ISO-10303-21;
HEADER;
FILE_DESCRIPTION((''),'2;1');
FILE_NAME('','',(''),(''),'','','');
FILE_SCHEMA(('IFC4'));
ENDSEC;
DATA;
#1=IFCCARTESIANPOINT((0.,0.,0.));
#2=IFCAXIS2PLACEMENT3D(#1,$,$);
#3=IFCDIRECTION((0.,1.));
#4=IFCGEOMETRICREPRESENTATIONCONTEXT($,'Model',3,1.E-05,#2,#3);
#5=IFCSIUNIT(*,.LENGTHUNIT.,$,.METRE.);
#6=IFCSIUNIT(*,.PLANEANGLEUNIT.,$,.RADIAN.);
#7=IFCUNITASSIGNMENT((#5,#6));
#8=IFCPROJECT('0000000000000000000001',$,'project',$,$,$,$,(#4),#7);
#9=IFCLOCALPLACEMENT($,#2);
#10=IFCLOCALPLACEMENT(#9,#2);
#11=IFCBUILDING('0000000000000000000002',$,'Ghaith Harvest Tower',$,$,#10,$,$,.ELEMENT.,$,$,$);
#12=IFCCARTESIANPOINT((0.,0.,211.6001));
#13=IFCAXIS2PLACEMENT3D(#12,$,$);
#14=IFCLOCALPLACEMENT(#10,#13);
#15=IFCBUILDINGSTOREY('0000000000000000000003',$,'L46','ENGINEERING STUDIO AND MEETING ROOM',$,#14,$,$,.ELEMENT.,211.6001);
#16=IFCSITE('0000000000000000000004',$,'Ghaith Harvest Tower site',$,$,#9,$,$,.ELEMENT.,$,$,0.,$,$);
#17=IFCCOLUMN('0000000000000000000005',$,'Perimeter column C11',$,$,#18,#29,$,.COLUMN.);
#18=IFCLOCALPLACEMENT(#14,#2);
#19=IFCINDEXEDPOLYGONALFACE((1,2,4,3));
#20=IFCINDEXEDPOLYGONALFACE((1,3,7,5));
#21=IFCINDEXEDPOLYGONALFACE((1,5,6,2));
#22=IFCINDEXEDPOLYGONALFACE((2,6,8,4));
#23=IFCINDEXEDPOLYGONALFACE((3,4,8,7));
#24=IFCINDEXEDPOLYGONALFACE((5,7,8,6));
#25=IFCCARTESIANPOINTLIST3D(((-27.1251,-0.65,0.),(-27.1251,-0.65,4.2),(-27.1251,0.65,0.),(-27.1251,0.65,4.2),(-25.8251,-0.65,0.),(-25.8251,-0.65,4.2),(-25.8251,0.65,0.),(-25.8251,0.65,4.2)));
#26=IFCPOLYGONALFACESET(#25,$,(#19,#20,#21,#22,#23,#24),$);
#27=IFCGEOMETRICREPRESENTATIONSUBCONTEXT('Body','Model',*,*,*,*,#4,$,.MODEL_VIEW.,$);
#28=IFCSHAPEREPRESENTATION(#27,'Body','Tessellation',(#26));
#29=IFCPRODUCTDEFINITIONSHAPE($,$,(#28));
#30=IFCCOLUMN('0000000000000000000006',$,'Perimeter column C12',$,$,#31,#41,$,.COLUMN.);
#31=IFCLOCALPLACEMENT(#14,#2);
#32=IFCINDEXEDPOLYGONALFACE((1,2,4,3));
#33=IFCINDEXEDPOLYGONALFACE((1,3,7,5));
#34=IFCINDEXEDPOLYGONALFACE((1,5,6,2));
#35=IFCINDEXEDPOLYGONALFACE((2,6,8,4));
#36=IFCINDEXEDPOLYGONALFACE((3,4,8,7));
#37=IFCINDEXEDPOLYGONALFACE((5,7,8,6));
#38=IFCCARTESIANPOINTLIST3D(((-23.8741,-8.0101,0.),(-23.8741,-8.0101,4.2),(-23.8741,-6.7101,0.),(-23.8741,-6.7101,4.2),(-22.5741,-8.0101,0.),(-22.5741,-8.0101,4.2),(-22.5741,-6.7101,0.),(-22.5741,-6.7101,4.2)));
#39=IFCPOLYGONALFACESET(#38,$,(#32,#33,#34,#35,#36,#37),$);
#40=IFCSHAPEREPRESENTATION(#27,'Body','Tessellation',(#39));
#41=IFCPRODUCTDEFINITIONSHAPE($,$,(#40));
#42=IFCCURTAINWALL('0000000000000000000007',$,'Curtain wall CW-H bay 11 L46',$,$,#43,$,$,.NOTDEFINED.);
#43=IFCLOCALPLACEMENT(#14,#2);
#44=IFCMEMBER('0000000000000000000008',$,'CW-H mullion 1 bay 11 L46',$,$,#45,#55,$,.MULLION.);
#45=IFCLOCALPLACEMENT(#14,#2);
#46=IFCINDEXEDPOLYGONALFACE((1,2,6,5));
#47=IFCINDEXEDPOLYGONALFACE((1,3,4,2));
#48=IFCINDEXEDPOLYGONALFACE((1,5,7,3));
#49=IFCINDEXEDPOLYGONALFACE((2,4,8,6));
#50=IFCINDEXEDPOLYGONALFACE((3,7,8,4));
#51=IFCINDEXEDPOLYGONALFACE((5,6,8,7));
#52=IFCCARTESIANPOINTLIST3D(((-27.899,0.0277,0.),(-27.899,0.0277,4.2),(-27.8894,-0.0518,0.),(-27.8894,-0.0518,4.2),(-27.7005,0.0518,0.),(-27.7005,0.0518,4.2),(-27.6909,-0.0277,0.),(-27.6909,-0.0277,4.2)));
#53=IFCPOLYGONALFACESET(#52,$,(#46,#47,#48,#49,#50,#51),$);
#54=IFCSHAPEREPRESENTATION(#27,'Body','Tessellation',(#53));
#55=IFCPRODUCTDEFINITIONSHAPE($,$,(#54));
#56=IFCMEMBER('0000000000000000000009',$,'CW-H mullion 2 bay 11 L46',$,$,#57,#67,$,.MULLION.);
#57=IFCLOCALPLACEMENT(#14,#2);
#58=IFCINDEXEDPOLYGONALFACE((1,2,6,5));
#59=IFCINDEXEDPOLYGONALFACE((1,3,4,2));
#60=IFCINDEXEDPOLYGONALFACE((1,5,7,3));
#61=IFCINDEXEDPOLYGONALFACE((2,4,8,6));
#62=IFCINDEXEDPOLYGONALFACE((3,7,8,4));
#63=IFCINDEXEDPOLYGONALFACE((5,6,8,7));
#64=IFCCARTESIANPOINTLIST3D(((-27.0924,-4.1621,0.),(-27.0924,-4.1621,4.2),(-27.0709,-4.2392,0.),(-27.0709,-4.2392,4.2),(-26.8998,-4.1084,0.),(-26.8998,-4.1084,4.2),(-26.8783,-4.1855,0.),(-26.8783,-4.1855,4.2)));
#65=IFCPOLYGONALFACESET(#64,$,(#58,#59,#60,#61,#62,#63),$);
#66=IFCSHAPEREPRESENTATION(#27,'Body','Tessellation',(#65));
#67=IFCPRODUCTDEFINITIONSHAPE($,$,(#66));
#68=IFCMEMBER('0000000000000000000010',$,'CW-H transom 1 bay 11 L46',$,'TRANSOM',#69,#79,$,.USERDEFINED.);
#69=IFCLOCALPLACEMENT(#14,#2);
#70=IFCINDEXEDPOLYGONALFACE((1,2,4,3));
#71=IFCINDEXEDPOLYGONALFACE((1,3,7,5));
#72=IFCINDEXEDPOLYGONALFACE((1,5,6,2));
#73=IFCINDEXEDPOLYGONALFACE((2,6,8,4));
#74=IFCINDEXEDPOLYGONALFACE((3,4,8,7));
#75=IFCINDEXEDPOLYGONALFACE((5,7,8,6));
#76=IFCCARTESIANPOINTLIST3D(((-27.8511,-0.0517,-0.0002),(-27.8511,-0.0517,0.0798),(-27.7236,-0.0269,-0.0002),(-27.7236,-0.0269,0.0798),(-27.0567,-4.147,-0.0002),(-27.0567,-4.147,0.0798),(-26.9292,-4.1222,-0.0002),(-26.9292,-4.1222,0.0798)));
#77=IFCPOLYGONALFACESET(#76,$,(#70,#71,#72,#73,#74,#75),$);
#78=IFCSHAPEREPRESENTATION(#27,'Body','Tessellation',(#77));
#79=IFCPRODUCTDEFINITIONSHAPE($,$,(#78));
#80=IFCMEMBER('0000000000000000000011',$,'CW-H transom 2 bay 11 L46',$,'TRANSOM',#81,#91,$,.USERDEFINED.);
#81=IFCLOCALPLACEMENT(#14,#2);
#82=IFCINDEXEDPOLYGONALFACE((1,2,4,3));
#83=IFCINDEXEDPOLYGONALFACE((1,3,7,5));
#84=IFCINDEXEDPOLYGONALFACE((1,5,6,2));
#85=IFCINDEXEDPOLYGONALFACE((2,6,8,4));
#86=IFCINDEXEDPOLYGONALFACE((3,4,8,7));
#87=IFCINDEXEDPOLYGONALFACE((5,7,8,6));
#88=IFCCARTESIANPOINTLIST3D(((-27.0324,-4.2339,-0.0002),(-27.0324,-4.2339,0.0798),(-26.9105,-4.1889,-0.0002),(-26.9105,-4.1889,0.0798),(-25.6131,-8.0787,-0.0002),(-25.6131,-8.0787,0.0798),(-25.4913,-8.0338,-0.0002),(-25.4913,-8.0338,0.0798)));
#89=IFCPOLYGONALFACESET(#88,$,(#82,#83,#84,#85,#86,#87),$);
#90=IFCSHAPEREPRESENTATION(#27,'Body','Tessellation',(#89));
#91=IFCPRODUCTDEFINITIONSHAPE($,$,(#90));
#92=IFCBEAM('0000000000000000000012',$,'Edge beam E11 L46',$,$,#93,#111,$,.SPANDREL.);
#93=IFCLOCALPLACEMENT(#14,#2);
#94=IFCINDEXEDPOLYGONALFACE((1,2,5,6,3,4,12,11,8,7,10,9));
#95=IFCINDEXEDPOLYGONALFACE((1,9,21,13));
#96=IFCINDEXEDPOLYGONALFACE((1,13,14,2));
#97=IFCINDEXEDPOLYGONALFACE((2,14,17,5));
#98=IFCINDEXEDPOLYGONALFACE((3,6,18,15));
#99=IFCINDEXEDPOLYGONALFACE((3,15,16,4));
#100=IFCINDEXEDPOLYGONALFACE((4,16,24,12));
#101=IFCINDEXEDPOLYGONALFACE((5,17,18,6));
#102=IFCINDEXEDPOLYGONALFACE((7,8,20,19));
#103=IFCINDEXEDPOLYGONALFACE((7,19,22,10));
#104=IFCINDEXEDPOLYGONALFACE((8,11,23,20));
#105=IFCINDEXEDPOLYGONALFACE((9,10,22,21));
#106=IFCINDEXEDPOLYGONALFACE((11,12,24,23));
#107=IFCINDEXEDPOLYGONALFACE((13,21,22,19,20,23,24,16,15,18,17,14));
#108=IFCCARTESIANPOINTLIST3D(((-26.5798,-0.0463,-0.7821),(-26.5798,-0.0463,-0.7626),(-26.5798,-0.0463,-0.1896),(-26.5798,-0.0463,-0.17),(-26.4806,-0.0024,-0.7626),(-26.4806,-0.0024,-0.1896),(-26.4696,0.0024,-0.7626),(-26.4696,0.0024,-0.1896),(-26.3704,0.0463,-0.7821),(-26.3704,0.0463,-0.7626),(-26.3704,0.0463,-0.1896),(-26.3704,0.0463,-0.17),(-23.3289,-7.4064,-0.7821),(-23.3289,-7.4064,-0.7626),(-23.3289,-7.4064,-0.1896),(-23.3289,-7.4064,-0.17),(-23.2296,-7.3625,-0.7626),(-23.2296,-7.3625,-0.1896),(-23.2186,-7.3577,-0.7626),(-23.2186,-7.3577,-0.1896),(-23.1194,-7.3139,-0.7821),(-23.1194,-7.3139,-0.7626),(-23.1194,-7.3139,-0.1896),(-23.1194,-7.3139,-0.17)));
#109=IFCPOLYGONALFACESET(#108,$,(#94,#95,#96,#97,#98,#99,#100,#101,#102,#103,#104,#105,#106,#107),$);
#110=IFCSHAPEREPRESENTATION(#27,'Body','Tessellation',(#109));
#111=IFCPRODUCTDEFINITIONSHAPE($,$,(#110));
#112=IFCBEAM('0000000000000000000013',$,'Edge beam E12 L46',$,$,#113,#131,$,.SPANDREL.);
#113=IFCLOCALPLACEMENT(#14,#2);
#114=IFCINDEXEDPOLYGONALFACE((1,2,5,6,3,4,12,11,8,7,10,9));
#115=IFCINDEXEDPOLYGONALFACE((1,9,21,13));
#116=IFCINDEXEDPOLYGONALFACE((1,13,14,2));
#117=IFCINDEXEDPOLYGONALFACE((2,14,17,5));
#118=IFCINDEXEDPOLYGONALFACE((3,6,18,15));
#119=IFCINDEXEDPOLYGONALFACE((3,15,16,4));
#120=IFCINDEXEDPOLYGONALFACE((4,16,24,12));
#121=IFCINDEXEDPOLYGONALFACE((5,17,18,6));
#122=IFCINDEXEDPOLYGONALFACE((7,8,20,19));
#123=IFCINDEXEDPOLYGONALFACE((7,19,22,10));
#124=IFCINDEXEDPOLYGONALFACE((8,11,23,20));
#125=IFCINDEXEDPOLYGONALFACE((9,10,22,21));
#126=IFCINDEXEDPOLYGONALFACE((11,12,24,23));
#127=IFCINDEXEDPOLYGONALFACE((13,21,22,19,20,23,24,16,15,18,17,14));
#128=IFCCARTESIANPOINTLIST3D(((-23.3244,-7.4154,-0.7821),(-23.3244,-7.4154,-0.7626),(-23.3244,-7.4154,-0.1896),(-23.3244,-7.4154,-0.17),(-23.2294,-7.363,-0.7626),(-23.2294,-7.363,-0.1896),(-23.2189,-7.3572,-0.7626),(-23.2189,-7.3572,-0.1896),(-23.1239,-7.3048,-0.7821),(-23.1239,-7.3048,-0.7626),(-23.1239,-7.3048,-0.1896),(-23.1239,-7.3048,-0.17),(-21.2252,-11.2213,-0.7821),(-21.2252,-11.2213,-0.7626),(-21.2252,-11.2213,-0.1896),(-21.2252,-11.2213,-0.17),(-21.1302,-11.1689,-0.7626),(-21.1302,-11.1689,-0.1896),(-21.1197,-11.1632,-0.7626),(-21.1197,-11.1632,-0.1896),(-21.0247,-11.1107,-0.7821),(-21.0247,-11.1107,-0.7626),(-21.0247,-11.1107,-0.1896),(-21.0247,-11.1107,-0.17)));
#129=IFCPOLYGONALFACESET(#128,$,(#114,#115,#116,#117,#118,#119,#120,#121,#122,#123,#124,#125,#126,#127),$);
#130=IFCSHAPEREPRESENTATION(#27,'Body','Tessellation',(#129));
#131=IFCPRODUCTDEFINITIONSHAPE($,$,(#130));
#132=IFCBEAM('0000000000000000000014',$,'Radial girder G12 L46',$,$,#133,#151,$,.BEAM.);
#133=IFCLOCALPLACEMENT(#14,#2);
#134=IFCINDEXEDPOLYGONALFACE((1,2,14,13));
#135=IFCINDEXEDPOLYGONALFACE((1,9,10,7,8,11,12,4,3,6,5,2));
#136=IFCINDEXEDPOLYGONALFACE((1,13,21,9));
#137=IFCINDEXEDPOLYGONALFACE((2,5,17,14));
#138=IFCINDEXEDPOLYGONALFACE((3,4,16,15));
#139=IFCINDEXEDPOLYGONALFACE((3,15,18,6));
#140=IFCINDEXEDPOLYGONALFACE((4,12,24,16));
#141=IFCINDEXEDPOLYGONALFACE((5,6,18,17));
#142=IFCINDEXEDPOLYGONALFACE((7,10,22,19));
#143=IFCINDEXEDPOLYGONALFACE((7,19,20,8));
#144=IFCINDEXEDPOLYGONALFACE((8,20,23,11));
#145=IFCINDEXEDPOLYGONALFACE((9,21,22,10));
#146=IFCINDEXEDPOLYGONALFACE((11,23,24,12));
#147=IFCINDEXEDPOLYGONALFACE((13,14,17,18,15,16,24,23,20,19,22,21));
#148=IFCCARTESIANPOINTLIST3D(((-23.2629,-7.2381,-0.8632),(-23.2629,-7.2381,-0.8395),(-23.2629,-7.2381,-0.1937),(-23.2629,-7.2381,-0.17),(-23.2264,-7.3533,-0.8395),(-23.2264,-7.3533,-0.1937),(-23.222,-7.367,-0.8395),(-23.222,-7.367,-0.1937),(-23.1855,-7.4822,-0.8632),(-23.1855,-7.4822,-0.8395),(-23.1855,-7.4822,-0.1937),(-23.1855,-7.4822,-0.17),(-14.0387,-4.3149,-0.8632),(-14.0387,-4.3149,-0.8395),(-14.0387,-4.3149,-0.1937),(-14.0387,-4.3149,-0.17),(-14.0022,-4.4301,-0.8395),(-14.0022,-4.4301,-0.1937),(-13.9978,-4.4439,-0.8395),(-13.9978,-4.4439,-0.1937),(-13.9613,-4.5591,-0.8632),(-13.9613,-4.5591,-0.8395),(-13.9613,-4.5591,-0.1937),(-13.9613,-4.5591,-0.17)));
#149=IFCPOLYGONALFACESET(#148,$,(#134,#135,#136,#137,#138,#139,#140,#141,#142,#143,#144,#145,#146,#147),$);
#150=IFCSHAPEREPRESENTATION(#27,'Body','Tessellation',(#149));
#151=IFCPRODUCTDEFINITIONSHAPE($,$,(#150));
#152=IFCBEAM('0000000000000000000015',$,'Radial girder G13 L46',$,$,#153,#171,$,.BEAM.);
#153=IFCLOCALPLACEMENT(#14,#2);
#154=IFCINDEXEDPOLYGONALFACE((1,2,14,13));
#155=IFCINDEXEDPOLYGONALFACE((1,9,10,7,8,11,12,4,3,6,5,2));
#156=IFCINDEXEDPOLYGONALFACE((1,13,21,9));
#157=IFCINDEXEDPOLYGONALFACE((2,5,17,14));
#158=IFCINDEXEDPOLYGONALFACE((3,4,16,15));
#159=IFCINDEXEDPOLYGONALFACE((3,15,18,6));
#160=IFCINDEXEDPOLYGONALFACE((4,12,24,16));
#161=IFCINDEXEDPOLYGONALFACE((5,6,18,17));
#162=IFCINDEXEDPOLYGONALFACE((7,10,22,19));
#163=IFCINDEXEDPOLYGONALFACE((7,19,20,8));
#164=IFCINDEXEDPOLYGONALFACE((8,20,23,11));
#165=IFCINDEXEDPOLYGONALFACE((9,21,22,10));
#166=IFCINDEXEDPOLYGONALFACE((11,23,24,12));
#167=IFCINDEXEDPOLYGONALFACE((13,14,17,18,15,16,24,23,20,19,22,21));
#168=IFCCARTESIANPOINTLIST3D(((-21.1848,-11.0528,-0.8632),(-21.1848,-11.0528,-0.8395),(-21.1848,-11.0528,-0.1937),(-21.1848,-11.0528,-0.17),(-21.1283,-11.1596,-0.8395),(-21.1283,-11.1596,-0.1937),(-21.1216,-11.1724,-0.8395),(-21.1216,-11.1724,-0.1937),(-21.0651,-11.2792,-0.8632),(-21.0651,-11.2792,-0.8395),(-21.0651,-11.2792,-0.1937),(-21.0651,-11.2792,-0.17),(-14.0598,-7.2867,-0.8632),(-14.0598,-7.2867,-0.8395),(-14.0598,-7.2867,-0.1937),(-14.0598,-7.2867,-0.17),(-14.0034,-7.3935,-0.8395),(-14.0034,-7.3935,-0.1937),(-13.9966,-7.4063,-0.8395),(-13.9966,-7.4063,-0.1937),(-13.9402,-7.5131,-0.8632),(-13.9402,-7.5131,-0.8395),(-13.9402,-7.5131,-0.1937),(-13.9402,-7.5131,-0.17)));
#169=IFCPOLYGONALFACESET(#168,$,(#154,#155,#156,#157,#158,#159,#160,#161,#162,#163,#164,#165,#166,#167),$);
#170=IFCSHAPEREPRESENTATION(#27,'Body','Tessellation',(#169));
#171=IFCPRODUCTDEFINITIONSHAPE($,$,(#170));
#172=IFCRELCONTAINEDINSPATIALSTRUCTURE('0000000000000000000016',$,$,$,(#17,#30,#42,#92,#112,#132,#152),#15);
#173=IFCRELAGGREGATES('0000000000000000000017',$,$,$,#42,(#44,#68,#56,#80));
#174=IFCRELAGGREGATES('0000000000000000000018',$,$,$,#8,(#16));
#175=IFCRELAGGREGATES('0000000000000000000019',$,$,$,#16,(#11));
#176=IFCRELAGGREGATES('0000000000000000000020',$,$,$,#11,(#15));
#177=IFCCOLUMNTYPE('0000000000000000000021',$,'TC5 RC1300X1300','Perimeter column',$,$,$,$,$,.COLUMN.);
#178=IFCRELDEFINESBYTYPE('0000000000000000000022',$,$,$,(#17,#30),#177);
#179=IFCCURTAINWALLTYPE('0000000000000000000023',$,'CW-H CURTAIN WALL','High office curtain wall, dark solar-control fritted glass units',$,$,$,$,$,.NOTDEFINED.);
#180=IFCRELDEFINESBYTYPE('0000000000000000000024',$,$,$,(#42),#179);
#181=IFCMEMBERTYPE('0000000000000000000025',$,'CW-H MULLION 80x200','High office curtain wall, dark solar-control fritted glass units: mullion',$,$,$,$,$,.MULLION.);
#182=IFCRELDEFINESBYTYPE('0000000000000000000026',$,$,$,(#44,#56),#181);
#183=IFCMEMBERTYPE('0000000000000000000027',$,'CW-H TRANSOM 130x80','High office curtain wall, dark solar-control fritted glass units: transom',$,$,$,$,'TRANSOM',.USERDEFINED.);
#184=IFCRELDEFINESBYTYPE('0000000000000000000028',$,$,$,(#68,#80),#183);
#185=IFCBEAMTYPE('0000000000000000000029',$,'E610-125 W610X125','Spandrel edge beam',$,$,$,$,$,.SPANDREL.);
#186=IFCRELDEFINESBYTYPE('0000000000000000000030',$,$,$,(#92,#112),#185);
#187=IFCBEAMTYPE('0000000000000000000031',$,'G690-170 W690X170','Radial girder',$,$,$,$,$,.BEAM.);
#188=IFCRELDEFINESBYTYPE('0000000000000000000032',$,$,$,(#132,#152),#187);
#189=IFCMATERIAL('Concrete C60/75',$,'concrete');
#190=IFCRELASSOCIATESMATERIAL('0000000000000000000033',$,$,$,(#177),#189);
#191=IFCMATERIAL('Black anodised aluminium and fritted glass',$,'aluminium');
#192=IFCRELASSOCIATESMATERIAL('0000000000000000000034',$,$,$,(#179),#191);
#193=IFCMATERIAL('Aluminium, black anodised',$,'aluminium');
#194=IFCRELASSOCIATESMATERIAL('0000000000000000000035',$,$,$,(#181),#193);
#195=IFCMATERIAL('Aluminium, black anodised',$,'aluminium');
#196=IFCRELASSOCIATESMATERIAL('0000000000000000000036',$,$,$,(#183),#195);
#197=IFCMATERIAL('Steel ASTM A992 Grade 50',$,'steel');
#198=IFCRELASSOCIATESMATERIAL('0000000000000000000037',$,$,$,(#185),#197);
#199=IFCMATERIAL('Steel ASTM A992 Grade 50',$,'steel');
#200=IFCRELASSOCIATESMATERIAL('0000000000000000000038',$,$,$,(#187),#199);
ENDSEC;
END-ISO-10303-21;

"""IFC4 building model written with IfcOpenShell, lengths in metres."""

from ifc_helpers import new_model, si_unit, direction, frame, origin, origin_2d, place, context, subcontext, project, spatial, rectangle, i_section, extrude, material, material_profile, profile_set, type_object, element, aggregate, save


model = new_model("IFC4")

# Units and contexts
model_context = context("Model", 3, precision=1e-05, world=origin(), true_north=direction((0.0, 1.0)))
body_context = subcontext(model_context, "Body", "Model", "MODEL_VIEW")
ifc_project = project(units=[si_unit("LENGTHUNIT", "METRE"), si_unit("PLANEANGLEUNIT", "RADIAN")], contexts=[model_context])

# Site, building, storey
site_placement = place(None, origin())
site = spatial("IfcSite", under=ifc_project, at=site_placement, Name="Ghaith Harvest Tower site", CompositionType="ELEMENT", RefElevation=0.0)
building_placement = place(site_placement, origin())
building = spatial("IfcBuilding", under=site, at=building_placement, Name="Ghaith Harvest Tower", CompositionType="ELEMENT")
storey_placement = place(building_placement, frame((0.0, 0.0, 211.6001)))
storey = spatial("IfcBuildingStorey", under=building, at=storey_placement, Name="L46", Description="ENGINEERING STUDIO AND MEETING ROOM", CompositionType="ELEMENT", Elevation=211.6001)

# Columns
ifc_material_1 = material(Name="Concrete C60/75", Category="concrete")
ifc_material_profile_1 = material_profile(ifc_material_1, rectangle(XDim=1.3, YDim=1.3, at=origin_2d()), Name="RC1300X1300")
ifc_profile_set_1 = profile_set([ifc_material_profile_1], Name="Concrete C60/75")
column_type = type_object("IfcColumnType", Name="TC5 RC1300X1300", Description="Perimeter column", PredefinedType="COLUMN", material=ifc_profile_set_1)
for number, where, z_axis, x_axis, name in (
    (1, (-26.4751, 0.0, 0.0), (0.0, 0.0, 1.0), (1.0, 0.0, 0.0), "Perimeter column C11"),
    (2, (-23.2241, -7.3601, 0.0), (0.0, 0.0, 1.0), (1.0, 0.0, 0.0), "Perimeter column C12"),
):
    element("IfcColumn", number, at=place(storey_placement, frame(where, z_axis=z_axis, x_axis=x_axis)), inside=storey, type_object=column_type, Name=name, PredefinedType="COLUMN", context=body_context, shape_type="SweptSolid", body=[
        extrude(rectangle(XDim=1.3, YDim=1.3, at=origin_2d()), origin(), (0.0, 0.0, 1.0), 4.2),
    ])

# Curtain wall, members
ifc_material_2 = material(Name="Black anodised aluminium and fritted glass", Category="aluminium")
curtain_wall_type = type_object("IfcCurtainWallType", Name="CW-H CURTAIN WALL", Description="High office curtain wall, dark solar-control fritted glass units", PredefinedType="NOTDEFINED", material=ifc_material_2)
curtain_wall_placement = place(storey_placement, origin())
curtain_wall = element("IfcCurtainWall", 3, at=curtain_wall_placement, inside=storey, type_object=curtain_wall_type, Name="Curtain wall CW-H bay 11 L46", PredefinedType="NOTDEFINED")
ifc_material_3 = material(Name="Aluminium, black anodised", Category="aluminium")
ifc_material_profile_2 = material_profile(ifc_material_3, rectangle(XDim=0.0801, YDim=0.2, at=origin_2d()), Name="CW-H MULLION 80x200")
ifc_profile_set_2 = profile_set([ifc_material_profile_2], Name="Aluminium, black anodised")
member_type_1 = type_object("IfcMemberType", Name="CW-H MULLION 80x200", Description="High office curtain wall, dark solar-control fritted glass units: mullion", PredefinedType="MULLION", material=ifc_profile_set_2)
member_1_placement = place(storey_placement, frame((-27.7949, 0.0, 0.0), z_axis=(0.0, 0.0, 1.0), x_axis=(0.12025, -0.992744, 0.0)))
member_1 = element("IfcMember", 4, at=member_1_placement, type_object=member_type_1, Name="CW-H mullion 1 bay 11 L46", PredefinedType="MULLION", context=body_context, shape_type="SweptSolid", body=[
    extrude(rectangle(XDim=0.0801, YDim=0.2, at=origin_2d()), origin(), (0.0, 0.0, 1.0), 4.2),
])
member_2_placement = place(storey_placement, frame((-26.9854, -4.1738, 0.0), z_axis=(0.0, 0.0, 1.0), x_axis=(0.268569, -0.96326, 0.0)))
member_2 = element("IfcMember", 5, at=member_2_placement, type_object=member_type_1, Name="CW-H mullion 2 bay 11 L46", PredefinedType="MULLION", context=body_context, shape_type="SweptSolid", body=[
    extrude(rectangle(XDim=0.0801, YDim=0.2, at=origin_2d()), origin(), (0.0, 0.0, 1.0), 4.2),
])
ifc_material_4 = material(Name="Aluminium, black anodised", Category="aluminium")
ifc_material_profile_3 = material_profile(ifc_material_4, rectangle(XDim=0.1299, YDim=0.0801, at=origin_2d()), Name="CW-H TRANSOM 130x80")
ifc_profile_set_3 = profile_set([ifc_material_profile_3], Name="Aluminium, black anodised")
member_type_2 = type_object("IfcMemberType", Name="CW-H TRANSOM 130x80", Description="High office curtain wall, dark solar-control fritted glass units: transom", ElementType="TRANSOM", PredefinedType="USERDEFINED", material=ifc_profile_set_3)
member_3_placement = place(storey_placement, frame((-27.7874, -0.0393, 0.0398), z_axis=(0.19044, -0.981699, 0.0), x_axis=(0.981699, 0.19044, 0.0)))
member_3 = element("IfcMember", 6, at=member_3_placement, type_object=member_type_2, Name="CW-H transom 1 bay 11 L46", ObjectType="TRANSOM", PredefinedType="USERDEFINED", context=body_context, shape_type="SweptSolid", body=[
    extrude(rectangle(XDim=0.1299, YDim=0.0801, at=origin_2d()), origin(), (0.0, 0.0, 1.0), 4.1716),
])
member_4_placement = place(storey_placement, frame((-26.9714, -4.2114, 0.0398), z_axis=(0.346288, -0.938128, 0.0), x_axis=(0.938128, 0.346288, 0.0)))
member_4 = element("IfcMember", 7, at=member_4_placement, type_object=member_type_2, Name="CW-H transom 2 bay 11 L46", ObjectType="TRANSOM", PredefinedType="USERDEFINED", context=body_context, shape_type="SweptSolid", body=[
    extrude(rectangle(XDim=0.1299, YDim=0.0801, at=origin_2d()), origin(), (0.0, 0.0, 1.0), 4.0984),
])

# Beams
ifc_material_5 = material(Name="Steel ASTM A992 Grade 50", Category="steel")
ifc_material_profile_4 = material_profile(ifc_material_5, i_section(OverallWidth=0.229, OverallDepth=0.6121, WebThickness=0.012, FlangeThickness=0.0195, at=origin_2d()), Name="W610X125")
ifc_profile_set_4 = profile_set([ifc_material_profile_4], Name="Steel ASTM A992 Grade 50")
beam_type_1 = type_object("IfcBeamType", Name="E610-125 W610X125", Description="Spandrel edge beam", PredefinedType="SPANDREL", material=ifc_profile_set_4)
beam_1_placement = place(storey_placement, frame((-26.4751, 0.0, -0.4761), z_axis=(0.404043, -0.91474, 0.0), x_axis=(0.91474, 0.404043, 0.0)))
element("IfcBeam", 8, at=beam_1_placement, inside=storey, type_object=beam_type_1, Name="Edge beam E11 L46", PredefinedType="SPANDREL", context=body_context, shape_type="SweptSolid", body=[
    extrude(i_section(OverallWidth=0.229, OverallDepth=0.6121, WebThickness=0.012, FlangeThickness=0.0195, at=origin_2d()), origin(), (0.0, 0.0, 1.0), 8.0461),
])
beam_2_placement = place(storey_placement, frame((-23.2241, -7.3601, -0.4761), z_axis=(0.482956, -0.875645, 0.0), x_axis=(0.875645, 0.482956, 0.0)))
element("IfcBeam", 9, at=beam_2_placement, inside=storey, type_object=beam_type_1, Name="Edge beam E12 L46", PredefinedType="SPANDREL", context=body_context, shape_type="SweptSolid", body=[
    extrude(i_section(OverallWidth=0.229, OverallDepth=0.6121, WebThickness=0.012, FlangeThickness=0.0195, at=origin_2d()), origin(), (0.0, 0.0, 1.0), 4.3464),
])
ifc_material_6 = material(Name="Steel ASTM A992 Grade 50", Category="steel")
ifc_material_profile_5 = material_profile(ifc_material_6, i_section(OverallWidth=0.2561, OverallDepth=0.6931, WebThickness=0.0144, FlangeThickness=0.0237, at=origin_2d()), Name="W690X170")
ifc_profile_set_5 = profile_set([ifc_material_profile_5], Name="Steel ASTM A992 Grade 50")
beam_type_2 = type_object("IfcBeamType", Name="G690-170 W690X170", Description="Radial girder", PredefinedType="BEAM", material=ifc_profile_set_5)
beam_3_placement = place(storey_placement, frame((-14.0, -4.437, -0.5166), z_axis=(-0.953279, -0.302091, 0.0), x_axis=(0.302091, -0.953279, 0.0)))
element("IfcBeam", 10, at=beam_3_placement, inside=storey, type_object=beam_type_2, Name="Radial girder G12 L46", PredefinedType="BEAM", context=body_context, shape_type="SweptSolid", body=[
    extrude(i_section(OverallWidth=0.2561, OverallDepth=0.6931, WebThickness=0.0144, FlangeThickness=0.0237, at=origin_2d()), origin(), (0.0, 0.0, 1.0), 9.6763),
])
beam_4_placement = place(storey_placement, frame((-14.0, -7.3999, -0.5166), z_axis=(-0.884093, -0.467311, 0.0), x_axis=(0.467311, -0.884093, 0.0)))
element("IfcBeam", 11, at=beam_4_placement, inside=storey, type_object=beam_type_2, Name="Radial girder G13 L46", PredefinedType="BEAM", context=body_context, shape_type="SweptSolid", body=[
    extrude(i_section(OverallWidth=0.2561, OverallDepth=0.6931, WebThickness=0.0144, FlangeThickness=0.0237, at=origin_2d()), origin(), (0.0, 0.0, 1.0), 8.0591),
])

aggregate(curtain_wall, [member_1, member_3, member_2, member_4])

save(model, "model.ifc")
